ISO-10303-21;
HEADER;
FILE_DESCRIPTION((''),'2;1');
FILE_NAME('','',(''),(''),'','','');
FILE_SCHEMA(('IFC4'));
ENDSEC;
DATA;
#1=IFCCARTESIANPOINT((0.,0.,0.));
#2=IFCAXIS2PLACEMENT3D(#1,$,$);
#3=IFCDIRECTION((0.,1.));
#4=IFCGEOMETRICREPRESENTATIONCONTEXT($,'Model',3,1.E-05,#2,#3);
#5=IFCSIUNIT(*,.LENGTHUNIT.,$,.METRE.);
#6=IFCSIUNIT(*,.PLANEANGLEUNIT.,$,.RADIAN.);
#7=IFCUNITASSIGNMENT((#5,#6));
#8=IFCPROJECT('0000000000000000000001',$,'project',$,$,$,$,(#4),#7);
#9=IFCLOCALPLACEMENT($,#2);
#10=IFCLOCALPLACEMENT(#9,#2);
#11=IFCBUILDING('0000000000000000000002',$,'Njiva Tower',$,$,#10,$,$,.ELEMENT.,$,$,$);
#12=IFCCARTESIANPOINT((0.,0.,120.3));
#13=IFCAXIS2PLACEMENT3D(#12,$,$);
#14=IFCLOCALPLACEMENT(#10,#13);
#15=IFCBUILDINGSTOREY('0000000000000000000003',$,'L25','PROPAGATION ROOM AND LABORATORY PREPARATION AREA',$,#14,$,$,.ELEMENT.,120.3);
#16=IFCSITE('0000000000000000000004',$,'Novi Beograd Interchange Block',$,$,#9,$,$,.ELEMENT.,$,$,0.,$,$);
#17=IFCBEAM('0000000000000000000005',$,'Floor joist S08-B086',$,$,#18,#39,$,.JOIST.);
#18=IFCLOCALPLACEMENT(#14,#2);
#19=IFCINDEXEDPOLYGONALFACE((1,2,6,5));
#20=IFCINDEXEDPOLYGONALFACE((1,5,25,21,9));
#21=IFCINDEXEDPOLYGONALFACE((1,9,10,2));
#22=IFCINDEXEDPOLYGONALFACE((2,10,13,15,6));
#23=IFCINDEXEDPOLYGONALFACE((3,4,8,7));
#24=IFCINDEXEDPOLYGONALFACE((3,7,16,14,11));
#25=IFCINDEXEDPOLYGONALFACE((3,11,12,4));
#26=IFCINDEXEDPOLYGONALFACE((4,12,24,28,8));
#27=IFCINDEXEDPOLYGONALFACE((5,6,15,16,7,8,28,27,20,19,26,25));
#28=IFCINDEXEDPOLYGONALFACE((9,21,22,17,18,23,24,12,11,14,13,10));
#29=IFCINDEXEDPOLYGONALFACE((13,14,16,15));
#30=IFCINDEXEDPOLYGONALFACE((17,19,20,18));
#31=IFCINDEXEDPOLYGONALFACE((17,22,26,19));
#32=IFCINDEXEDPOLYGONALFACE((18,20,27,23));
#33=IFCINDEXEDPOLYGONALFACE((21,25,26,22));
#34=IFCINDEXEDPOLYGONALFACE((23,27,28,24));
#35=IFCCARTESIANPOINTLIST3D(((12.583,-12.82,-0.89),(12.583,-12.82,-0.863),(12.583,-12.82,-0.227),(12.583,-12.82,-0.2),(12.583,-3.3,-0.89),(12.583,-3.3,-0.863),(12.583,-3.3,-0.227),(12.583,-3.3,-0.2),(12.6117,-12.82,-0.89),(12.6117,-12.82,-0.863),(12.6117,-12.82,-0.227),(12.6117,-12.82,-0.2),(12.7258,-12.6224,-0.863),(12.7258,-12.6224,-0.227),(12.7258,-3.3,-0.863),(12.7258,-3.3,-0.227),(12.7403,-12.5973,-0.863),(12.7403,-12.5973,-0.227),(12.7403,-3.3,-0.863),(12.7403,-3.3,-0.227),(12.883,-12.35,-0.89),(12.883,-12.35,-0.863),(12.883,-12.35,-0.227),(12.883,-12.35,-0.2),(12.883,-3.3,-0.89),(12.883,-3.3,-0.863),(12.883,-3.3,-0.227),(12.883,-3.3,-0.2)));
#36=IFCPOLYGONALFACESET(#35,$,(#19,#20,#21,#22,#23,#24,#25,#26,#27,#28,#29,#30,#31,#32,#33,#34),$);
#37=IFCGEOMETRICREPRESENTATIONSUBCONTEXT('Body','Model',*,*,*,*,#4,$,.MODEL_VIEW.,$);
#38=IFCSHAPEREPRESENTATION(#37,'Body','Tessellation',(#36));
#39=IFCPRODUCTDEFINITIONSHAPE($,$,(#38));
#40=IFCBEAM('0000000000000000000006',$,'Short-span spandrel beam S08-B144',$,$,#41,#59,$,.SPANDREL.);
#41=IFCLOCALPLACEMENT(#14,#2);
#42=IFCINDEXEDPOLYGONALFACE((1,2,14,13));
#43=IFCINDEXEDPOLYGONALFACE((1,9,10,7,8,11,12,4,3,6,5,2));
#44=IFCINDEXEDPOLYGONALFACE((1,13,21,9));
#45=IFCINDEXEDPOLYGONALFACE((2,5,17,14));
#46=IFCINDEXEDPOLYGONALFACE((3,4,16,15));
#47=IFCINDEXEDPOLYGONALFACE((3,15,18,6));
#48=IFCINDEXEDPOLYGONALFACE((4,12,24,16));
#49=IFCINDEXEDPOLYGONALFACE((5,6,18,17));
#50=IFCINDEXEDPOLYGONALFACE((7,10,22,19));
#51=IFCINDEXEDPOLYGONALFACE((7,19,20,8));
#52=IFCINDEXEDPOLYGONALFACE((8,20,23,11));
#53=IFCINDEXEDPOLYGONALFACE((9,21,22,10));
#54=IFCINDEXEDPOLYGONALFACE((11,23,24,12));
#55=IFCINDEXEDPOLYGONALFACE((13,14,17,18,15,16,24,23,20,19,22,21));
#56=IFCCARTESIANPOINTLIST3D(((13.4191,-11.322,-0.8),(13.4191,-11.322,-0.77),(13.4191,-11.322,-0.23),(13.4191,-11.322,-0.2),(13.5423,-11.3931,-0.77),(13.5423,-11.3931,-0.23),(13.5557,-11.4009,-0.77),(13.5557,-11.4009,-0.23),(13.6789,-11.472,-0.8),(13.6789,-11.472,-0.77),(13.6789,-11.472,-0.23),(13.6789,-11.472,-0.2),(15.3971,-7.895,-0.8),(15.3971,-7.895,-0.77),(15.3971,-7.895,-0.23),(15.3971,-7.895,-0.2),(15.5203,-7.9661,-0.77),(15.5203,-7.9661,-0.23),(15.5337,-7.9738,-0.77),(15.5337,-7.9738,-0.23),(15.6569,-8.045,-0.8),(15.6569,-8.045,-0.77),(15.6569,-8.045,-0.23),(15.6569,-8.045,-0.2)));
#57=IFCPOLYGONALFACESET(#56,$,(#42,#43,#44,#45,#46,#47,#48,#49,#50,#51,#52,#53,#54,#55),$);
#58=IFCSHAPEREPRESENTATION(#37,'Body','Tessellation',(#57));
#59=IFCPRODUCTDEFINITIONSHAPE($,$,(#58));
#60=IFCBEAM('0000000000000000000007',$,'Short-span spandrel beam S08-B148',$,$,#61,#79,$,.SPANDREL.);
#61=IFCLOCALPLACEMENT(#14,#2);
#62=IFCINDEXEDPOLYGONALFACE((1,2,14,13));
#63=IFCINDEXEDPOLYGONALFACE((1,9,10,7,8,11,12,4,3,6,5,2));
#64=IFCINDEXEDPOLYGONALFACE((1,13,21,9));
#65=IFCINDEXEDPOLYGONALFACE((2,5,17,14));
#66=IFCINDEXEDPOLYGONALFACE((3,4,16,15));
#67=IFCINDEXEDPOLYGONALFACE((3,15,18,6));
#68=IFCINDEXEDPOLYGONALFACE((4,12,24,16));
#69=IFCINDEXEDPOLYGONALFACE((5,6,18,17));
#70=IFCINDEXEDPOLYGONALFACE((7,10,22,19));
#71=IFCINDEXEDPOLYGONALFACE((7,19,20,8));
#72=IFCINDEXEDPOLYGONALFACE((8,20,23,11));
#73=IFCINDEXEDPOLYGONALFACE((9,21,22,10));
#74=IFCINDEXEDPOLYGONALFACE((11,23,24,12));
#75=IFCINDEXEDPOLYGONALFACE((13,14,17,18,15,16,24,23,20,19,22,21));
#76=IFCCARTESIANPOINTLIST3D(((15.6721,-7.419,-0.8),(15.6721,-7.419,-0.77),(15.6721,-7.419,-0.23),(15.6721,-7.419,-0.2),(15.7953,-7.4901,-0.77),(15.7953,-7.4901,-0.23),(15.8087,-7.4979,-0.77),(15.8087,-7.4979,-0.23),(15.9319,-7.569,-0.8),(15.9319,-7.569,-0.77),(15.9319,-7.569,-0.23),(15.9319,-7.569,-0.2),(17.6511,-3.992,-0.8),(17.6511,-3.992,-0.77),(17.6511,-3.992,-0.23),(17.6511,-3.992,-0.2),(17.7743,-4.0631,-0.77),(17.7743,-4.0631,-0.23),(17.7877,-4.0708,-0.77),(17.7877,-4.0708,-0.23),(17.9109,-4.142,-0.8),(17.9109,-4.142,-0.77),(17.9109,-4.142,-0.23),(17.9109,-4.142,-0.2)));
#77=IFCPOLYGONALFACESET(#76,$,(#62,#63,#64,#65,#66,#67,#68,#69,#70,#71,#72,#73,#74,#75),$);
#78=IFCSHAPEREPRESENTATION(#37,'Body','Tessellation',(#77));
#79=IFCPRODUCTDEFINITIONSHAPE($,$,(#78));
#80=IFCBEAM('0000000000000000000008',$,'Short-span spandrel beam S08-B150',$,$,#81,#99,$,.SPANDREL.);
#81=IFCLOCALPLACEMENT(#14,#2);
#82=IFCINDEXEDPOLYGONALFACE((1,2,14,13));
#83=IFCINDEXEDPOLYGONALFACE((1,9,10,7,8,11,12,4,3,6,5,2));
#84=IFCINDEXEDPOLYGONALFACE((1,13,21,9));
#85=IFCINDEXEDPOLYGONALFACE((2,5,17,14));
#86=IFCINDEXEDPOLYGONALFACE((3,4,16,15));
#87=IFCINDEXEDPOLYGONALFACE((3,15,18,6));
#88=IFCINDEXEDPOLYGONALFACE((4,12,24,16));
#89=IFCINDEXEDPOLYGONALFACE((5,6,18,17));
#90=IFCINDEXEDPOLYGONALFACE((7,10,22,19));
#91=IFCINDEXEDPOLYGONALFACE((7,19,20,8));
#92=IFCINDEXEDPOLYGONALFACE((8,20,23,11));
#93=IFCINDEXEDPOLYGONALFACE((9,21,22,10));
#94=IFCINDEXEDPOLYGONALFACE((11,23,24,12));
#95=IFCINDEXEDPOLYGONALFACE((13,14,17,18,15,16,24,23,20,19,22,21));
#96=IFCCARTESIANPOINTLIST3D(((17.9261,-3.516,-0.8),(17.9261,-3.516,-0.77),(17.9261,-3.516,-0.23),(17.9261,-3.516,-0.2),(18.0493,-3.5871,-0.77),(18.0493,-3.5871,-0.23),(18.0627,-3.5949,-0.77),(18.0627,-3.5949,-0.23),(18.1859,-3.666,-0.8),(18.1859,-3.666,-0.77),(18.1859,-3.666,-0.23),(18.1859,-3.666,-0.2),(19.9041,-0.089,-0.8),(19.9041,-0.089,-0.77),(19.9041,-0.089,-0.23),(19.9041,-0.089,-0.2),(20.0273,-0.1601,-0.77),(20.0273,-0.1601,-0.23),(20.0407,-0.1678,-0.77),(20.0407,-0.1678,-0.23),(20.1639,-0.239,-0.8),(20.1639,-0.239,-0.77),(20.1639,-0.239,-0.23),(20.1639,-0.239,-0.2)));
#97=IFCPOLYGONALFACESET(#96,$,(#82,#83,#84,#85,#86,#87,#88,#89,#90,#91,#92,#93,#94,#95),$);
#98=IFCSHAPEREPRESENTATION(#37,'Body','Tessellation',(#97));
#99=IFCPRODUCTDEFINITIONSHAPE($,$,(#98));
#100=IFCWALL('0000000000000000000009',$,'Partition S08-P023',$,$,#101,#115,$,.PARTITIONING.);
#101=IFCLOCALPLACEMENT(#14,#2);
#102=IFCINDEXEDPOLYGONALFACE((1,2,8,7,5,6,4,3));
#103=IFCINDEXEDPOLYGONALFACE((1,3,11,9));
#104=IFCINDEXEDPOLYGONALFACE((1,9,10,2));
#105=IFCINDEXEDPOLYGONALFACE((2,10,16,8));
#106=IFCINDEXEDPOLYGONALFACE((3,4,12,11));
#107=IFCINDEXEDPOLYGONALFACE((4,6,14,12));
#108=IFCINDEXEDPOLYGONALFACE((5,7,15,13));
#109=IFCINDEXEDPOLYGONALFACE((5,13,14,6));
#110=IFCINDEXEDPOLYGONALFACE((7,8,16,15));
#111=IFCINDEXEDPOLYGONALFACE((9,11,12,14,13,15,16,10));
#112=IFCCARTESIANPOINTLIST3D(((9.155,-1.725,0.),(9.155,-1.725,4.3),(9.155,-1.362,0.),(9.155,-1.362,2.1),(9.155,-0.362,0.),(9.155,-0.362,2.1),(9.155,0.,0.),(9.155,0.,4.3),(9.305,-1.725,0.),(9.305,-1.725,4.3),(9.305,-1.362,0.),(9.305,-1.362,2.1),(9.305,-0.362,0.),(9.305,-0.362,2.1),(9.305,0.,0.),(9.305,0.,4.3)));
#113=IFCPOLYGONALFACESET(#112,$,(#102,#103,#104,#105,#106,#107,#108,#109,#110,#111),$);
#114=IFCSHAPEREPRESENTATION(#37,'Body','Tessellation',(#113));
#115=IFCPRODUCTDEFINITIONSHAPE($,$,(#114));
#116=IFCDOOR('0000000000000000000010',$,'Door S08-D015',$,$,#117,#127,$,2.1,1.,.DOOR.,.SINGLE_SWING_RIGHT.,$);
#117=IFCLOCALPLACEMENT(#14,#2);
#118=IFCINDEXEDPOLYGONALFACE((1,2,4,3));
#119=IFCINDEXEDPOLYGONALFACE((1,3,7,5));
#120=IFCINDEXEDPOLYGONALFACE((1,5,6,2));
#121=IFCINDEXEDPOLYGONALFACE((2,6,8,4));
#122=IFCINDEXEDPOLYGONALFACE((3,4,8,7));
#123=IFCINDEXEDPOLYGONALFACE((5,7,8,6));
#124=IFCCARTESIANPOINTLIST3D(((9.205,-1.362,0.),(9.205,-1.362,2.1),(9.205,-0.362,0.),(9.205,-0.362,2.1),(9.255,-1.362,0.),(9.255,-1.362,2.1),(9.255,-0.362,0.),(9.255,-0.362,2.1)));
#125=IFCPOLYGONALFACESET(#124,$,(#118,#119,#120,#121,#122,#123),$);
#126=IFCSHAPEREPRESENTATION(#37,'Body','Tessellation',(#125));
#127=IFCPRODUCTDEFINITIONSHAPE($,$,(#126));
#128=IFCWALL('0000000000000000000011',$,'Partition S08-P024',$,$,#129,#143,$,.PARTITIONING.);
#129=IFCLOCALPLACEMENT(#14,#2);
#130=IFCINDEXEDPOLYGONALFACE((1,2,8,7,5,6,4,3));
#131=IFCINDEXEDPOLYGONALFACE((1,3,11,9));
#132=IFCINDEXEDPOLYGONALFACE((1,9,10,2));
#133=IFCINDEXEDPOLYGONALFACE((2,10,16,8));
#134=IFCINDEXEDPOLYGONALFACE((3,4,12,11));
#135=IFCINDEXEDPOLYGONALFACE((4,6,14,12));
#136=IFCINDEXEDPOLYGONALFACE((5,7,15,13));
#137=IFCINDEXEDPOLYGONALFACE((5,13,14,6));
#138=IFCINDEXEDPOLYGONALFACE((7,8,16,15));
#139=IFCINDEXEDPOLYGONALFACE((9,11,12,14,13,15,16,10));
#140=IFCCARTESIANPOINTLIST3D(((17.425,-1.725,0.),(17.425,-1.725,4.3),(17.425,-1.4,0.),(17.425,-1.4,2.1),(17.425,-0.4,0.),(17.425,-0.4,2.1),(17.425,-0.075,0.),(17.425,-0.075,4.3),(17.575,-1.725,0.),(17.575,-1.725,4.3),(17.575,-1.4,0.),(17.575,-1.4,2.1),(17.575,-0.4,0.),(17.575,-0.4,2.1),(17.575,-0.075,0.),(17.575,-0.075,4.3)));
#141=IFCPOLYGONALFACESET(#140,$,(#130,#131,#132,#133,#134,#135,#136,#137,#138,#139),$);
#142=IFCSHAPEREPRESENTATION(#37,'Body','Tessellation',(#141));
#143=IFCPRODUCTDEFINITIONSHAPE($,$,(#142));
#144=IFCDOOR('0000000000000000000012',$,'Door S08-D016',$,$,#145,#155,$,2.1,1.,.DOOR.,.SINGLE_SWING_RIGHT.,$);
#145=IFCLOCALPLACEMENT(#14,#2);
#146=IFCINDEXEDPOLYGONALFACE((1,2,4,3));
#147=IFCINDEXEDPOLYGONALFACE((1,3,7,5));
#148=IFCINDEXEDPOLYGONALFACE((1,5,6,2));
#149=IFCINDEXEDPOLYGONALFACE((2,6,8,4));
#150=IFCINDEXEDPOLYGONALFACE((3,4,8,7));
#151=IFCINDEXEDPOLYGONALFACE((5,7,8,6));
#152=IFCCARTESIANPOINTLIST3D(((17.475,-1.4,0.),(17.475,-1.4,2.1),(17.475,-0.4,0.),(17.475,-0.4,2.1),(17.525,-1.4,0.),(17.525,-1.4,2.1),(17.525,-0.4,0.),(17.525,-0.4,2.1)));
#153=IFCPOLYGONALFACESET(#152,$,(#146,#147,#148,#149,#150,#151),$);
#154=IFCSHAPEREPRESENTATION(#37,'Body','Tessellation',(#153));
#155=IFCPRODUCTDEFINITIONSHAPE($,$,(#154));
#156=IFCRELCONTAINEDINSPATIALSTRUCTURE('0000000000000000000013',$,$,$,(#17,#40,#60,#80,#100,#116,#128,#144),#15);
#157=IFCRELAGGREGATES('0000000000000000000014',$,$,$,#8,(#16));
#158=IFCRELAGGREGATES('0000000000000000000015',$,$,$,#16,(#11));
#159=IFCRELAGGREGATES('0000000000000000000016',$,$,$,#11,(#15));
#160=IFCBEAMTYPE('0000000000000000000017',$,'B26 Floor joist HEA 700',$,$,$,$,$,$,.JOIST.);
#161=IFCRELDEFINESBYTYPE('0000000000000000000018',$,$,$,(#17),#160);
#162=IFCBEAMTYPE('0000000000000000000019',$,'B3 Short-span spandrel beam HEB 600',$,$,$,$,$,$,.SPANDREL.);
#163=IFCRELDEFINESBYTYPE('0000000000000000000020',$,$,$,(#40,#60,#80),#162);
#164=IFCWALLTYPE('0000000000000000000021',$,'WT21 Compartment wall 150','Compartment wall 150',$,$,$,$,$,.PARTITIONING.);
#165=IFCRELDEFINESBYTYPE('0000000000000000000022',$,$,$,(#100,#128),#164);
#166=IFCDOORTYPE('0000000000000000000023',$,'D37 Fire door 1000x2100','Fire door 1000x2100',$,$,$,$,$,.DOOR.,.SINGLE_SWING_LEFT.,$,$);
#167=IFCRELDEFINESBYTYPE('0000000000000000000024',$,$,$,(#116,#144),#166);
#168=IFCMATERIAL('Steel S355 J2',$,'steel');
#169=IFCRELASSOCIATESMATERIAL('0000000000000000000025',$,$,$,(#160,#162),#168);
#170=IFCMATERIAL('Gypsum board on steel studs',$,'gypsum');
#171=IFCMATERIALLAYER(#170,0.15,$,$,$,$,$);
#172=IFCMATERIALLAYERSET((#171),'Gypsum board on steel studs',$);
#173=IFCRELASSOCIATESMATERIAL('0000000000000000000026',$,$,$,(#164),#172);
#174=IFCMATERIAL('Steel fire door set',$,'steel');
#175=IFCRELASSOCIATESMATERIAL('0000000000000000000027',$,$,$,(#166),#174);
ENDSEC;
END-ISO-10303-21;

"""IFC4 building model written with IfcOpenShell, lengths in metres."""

from ifc_helpers import new_model, si_unit, direction, frame, frame_2d, origin, origin_2d, place, context, subcontext, project, spatial, rectangle, i_section, extrude, clip, halfspace, material, layer, layer_set, material_profile, profile_set, type_object, element, fill, save


model = new_model("IFC4")

# Units and contexts
model_context = context("Model", 3, precision=1e-05, world=origin(), true_north=direction((0.0, 1.0)))
body_context = subcontext(model_context, "Body", "Model", "MODEL_VIEW")
ifc_project = project(units=[si_unit("LENGTHUNIT", "METRE"), si_unit("PLANEANGLEUNIT", "RADIAN")], contexts=[model_context])

# Site, building, storey
site_placement = place(None, origin())
site = spatial("IfcSite", under=ifc_project, at=site_placement, Name="Novi Beograd Interchange Block", CompositionType="ELEMENT", RefElevation=0.0)
building_placement = place(site_placement, origin())
building = spatial("IfcBuilding", under=site, at=building_placement, Name="Njiva Tower", CompositionType="ELEMENT")
storey_placement = place(building_placement, frame((0.0, 0.0, 120.3)))
storey = spatial("IfcBuildingStorey", under=building, at=storey_placement, Name="L25", Description="PROPAGATION ROOM AND LABORATORY PREPARATION AREA", CompositionType="ELEMENT", Elevation=120.3)

# Shared definitions
ifc_material_1 = material(Name="Steel S355 J2", Category="steel")

# Beams
ifc_material_profile_1 = material_profile(ifc_material_1, i_section(OverallWidth=0.3, OverallDepth=0.69, WebThickness=0.0145, FlangeThickness=0.027, at=origin_2d()), Name="HEA 700")
ifc_profile_set_1 = profile_set([ifc_material_profile_1], Name="Steel S355 J2")
beam_type_1 = type_object("IfcBeamType", Name="B26 Floor joist HEA 700", PredefinedType="JOIST", material=ifc_profile_set_1)
beam_1_placement = place(storey_placement, frame((12.733, -3.3, -0.545), z_axis=(0.0, -1.0, 0.0), x_axis=(1.0, 0.0, 0.0)))
element("IfcBeam", 1, at=beam_1_placement, inside=storey, type_object=beam_type_1, Name="Floor joist S08-B086", PredefinedType="JOIST", context=body_context, shape_type="Clipping", body=[
    clip(extrude(i_section(OverallWidth=0.3, OverallDepth=0.69, WebThickness=0.0145, FlangeThickness=0.027, at=origin_2d()), origin(), (0.0, 0.0, 1.0), 9.52), halfspace(frame((0.0436, 0.0, 9.2343), z_axis=(0.866027, 0.0, 0.499998), x_axis=(0.0, 1.0, 0.0)), False)),
])
ifc_material_profile_2 = material_profile(ifc_material_1, i_section(OverallWidth=0.3, OverallDepth=0.6, WebThickness=0.0155, FlangeThickness=0.03, at=origin_2d()), Name="HEB 600")
ifc_profile_set_2 = profile_set([ifc_material_profile_2], Name="Steel S355 J2")
beam_type_2 = type_object("IfcBeamType", Name="B3 Short-span spandrel beam HEB 600", PredefinedType="SPANDREL", material=ifc_profile_set_2)
beam_2_placement = place(storey_placement, frame((13.549, -11.397, -0.5), z_axis=(0.49989, 0.866089, 0.0), x_axis=(-0.866089, 0.49989, 0.0)))
element("IfcBeam", 2, at=beam_2_placement, inside=storey, type_object=beam_type_2, Name="Short-span spandrel beam S08-B144", PredefinedType="SPANDREL", context=body_context, shape_type="SweptSolid", body=[
    extrude(i_section(OverallWidth=0.3, OverallDepth=0.6, WebThickness=0.0155, FlangeThickness=0.03, at=origin_2d()), origin(), (0.0, 0.0, 1.0), 3.9569),
])
beam_3_placement = place(storey_placement, frame((15.802, -7.494, -0.5), z_axis=(0.50008, 0.865979, 0.0), x_axis=(-0.865979, 0.50008, 0.0)))
element("IfcBeam", 3, at=beam_3_placement, inside=storey, type_object=beam_type_2, Name="Short-span spandrel beam S08-B148", PredefinedType="SPANDREL", context=body_context, shape_type="SweptSolid", body=[
    extrude(i_section(OverallWidth=0.3, OverallDepth=0.6, WebThickness=0.0155, FlangeThickness=0.03, at=origin_2d()), origin(), (0.0, 0.0, 1.0), 3.9574),
])
beam_4_placement = place(storey_placement, frame((18.056, -3.591, -0.5), z_axis=(0.49989, 0.866089, 0.0), x_axis=(-0.866089, 0.49989, 0.0)))
element("IfcBeam", 4, at=beam_4_placement, inside=storey, type_object=beam_type_2, Name="Short-span spandrel beam S08-B150", PredefinedType="SPANDREL", context=body_context, shape_type="SweptSolid", body=[
    extrude(i_section(OverallWidth=0.3, OverallDepth=0.6, WebThickness=0.0155, FlangeThickness=0.03, at=origin_2d()), origin(), (0.0, 0.0, 1.0), 3.9569),
])

# Walls, openings, doors
ifc_material_2 = material(Name="Gypsum board on steel studs", Category="gypsum")
ifc_layer = layer(ifc_material_2, 0.15)
ifc_layer_set = layer_set([ifc_layer], Name="Gypsum board on steel studs")
wall_type = type_object("IfcWallType", Name="WT21 Compartment wall 150", Description="Compartment wall 150", PredefinedType="PARTITIONING", material=ifc_layer_set)
wall_1_placement = place(storey_placement, frame((9.23, -1.725, 0.0), z_axis=(0.0, 0.0, 1.0), x_axis=(0.0, 1.0, 0.0)))
wall_1 = element("IfcWall", 5, at=wall_1_placement, inside=storey, type_object=wall_type, Name="Partition S08-P023", PredefinedType="PARTITIONING", context=body_context, shape_type="SweptSolid", body=[
    extrude(rectangle(XDim=1.725, YDim=0.15, at=frame_2d((0.8625, 0.0))), origin(), (0.0, 0.0, 1.0), 4.3),
])
opening_1_placement = place(wall_1_placement, frame((0.363, 0.0, 0.0)))
opening_1 = element("IfcOpeningElement", 6, at=opening_1_placement, cuts=wall_1, PredefinedType="OPENING", context=body_context, shape_type="SweptSolid", body=[
    extrude(rectangle(XDim=1.0, YDim=2.1, at=frame_2d((0.5, 1.05))), frame((0.0, 0.085, 0.0), z_axis=(0.0, -1.0, 0.0), x_axis=(1.0, 0.0, 0.0)), (0.0, 0.0, 1.0), 0.17),
])
ifc_material_3 = material(Name="Steel fire door set", Category="steel")
door_type = type_object("IfcDoorType", Name="D37 Fire door 1000x2100", Description="Fire door 1000x2100", OperationType="SINGLE_SWING_LEFT", PredefinedType="DOOR", material=ifc_material_3)
door_1_placement = place(opening_1_placement, origin())
door_1 = element("IfcDoor", 7, at=door_1_placement, inside=storey, type_object=door_type, Name="Door S08-D015", OperationType="SINGLE_SWING_RIGHT", OverallHeight=2.1, OverallWidth=1.0, PredefinedType="DOOR", context=body_context, shape_type="SweptSolid", body=[
    extrude(rectangle(XDim=1.0, YDim=2.1, at=frame_2d((0.5, 1.05))), frame((0.0, 0.025, 0.0), z_axis=(0.0, -1.0, 0.0), x_axis=(1.0, 0.0, 0.0)), (0.0, 0.0, 1.0), 0.05),
])
fill(opening_1, door_1)
wall_2_placement = place(storey_placement, frame((17.5, -1.725, 0.0), z_axis=(0.0, 0.0, 1.0), x_axis=(0.0, 1.0, 0.0)))
wall_2 = element("IfcWall", 8, at=wall_2_placement, inside=storey, type_object=wall_type, Name="Partition S08-P024", PredefinedType="PARTITIONING", context=body_context, shape_type="SweptSolid", body=[
    extrude(rectangle(XDim=1.65, YDim=0.15, at=frame_2d((0.825, 0.0))), origin(), (0.0, 0.0, 1.0), 4.3),
])
opening_2_placement = place(wall_2_placement, frame((0.325, 0.0, 0.0)))
opening_2 = element("IfcOpeningElement", 9, at=opening_2_placement, cuts=wall_2, PredefinedType="OPENING", context=body_context, shape_type="SweptSolid", body=[
    extrude(rectangle(XDim=1.0, YDim=2.1, at=frame_2d((0.5, 1.05))), frame((0.0, 0.085, 0.0), z_axis=(0.0, -1.0, 0.0), x_axis=(1.0, 0.0, 0.0)), (0.0, 0.0, 1.0), 0.17),
])
door_2_placement = place(opening_2_placement, origin())
door_2 = element("IfcDoor", 10, at=door_2_placement, inside=storey, type_object=door_type, Name="Door S08-D016", OperationType="SINGLE_SWING_RIGHT", OverallHeight=2.1, OverallWidth=1.0, PredefinedType="DOOR", context=body_context, shape_type="SweptSolid", body=[
    extrude(rectangle(XDim=1.0, YDim=2.1, at=frame_2d((0.5, 1.05))), frame((0.0, 0.025, 0.0), z_axis=(0.0, -1.0, 0.0), x_axis=(1.0, 0.0, 0.0)), (0.0, 0.0, 1.0), 0.05),
])
fill(opening_2, door_2)

save(model, "model.ifc")
